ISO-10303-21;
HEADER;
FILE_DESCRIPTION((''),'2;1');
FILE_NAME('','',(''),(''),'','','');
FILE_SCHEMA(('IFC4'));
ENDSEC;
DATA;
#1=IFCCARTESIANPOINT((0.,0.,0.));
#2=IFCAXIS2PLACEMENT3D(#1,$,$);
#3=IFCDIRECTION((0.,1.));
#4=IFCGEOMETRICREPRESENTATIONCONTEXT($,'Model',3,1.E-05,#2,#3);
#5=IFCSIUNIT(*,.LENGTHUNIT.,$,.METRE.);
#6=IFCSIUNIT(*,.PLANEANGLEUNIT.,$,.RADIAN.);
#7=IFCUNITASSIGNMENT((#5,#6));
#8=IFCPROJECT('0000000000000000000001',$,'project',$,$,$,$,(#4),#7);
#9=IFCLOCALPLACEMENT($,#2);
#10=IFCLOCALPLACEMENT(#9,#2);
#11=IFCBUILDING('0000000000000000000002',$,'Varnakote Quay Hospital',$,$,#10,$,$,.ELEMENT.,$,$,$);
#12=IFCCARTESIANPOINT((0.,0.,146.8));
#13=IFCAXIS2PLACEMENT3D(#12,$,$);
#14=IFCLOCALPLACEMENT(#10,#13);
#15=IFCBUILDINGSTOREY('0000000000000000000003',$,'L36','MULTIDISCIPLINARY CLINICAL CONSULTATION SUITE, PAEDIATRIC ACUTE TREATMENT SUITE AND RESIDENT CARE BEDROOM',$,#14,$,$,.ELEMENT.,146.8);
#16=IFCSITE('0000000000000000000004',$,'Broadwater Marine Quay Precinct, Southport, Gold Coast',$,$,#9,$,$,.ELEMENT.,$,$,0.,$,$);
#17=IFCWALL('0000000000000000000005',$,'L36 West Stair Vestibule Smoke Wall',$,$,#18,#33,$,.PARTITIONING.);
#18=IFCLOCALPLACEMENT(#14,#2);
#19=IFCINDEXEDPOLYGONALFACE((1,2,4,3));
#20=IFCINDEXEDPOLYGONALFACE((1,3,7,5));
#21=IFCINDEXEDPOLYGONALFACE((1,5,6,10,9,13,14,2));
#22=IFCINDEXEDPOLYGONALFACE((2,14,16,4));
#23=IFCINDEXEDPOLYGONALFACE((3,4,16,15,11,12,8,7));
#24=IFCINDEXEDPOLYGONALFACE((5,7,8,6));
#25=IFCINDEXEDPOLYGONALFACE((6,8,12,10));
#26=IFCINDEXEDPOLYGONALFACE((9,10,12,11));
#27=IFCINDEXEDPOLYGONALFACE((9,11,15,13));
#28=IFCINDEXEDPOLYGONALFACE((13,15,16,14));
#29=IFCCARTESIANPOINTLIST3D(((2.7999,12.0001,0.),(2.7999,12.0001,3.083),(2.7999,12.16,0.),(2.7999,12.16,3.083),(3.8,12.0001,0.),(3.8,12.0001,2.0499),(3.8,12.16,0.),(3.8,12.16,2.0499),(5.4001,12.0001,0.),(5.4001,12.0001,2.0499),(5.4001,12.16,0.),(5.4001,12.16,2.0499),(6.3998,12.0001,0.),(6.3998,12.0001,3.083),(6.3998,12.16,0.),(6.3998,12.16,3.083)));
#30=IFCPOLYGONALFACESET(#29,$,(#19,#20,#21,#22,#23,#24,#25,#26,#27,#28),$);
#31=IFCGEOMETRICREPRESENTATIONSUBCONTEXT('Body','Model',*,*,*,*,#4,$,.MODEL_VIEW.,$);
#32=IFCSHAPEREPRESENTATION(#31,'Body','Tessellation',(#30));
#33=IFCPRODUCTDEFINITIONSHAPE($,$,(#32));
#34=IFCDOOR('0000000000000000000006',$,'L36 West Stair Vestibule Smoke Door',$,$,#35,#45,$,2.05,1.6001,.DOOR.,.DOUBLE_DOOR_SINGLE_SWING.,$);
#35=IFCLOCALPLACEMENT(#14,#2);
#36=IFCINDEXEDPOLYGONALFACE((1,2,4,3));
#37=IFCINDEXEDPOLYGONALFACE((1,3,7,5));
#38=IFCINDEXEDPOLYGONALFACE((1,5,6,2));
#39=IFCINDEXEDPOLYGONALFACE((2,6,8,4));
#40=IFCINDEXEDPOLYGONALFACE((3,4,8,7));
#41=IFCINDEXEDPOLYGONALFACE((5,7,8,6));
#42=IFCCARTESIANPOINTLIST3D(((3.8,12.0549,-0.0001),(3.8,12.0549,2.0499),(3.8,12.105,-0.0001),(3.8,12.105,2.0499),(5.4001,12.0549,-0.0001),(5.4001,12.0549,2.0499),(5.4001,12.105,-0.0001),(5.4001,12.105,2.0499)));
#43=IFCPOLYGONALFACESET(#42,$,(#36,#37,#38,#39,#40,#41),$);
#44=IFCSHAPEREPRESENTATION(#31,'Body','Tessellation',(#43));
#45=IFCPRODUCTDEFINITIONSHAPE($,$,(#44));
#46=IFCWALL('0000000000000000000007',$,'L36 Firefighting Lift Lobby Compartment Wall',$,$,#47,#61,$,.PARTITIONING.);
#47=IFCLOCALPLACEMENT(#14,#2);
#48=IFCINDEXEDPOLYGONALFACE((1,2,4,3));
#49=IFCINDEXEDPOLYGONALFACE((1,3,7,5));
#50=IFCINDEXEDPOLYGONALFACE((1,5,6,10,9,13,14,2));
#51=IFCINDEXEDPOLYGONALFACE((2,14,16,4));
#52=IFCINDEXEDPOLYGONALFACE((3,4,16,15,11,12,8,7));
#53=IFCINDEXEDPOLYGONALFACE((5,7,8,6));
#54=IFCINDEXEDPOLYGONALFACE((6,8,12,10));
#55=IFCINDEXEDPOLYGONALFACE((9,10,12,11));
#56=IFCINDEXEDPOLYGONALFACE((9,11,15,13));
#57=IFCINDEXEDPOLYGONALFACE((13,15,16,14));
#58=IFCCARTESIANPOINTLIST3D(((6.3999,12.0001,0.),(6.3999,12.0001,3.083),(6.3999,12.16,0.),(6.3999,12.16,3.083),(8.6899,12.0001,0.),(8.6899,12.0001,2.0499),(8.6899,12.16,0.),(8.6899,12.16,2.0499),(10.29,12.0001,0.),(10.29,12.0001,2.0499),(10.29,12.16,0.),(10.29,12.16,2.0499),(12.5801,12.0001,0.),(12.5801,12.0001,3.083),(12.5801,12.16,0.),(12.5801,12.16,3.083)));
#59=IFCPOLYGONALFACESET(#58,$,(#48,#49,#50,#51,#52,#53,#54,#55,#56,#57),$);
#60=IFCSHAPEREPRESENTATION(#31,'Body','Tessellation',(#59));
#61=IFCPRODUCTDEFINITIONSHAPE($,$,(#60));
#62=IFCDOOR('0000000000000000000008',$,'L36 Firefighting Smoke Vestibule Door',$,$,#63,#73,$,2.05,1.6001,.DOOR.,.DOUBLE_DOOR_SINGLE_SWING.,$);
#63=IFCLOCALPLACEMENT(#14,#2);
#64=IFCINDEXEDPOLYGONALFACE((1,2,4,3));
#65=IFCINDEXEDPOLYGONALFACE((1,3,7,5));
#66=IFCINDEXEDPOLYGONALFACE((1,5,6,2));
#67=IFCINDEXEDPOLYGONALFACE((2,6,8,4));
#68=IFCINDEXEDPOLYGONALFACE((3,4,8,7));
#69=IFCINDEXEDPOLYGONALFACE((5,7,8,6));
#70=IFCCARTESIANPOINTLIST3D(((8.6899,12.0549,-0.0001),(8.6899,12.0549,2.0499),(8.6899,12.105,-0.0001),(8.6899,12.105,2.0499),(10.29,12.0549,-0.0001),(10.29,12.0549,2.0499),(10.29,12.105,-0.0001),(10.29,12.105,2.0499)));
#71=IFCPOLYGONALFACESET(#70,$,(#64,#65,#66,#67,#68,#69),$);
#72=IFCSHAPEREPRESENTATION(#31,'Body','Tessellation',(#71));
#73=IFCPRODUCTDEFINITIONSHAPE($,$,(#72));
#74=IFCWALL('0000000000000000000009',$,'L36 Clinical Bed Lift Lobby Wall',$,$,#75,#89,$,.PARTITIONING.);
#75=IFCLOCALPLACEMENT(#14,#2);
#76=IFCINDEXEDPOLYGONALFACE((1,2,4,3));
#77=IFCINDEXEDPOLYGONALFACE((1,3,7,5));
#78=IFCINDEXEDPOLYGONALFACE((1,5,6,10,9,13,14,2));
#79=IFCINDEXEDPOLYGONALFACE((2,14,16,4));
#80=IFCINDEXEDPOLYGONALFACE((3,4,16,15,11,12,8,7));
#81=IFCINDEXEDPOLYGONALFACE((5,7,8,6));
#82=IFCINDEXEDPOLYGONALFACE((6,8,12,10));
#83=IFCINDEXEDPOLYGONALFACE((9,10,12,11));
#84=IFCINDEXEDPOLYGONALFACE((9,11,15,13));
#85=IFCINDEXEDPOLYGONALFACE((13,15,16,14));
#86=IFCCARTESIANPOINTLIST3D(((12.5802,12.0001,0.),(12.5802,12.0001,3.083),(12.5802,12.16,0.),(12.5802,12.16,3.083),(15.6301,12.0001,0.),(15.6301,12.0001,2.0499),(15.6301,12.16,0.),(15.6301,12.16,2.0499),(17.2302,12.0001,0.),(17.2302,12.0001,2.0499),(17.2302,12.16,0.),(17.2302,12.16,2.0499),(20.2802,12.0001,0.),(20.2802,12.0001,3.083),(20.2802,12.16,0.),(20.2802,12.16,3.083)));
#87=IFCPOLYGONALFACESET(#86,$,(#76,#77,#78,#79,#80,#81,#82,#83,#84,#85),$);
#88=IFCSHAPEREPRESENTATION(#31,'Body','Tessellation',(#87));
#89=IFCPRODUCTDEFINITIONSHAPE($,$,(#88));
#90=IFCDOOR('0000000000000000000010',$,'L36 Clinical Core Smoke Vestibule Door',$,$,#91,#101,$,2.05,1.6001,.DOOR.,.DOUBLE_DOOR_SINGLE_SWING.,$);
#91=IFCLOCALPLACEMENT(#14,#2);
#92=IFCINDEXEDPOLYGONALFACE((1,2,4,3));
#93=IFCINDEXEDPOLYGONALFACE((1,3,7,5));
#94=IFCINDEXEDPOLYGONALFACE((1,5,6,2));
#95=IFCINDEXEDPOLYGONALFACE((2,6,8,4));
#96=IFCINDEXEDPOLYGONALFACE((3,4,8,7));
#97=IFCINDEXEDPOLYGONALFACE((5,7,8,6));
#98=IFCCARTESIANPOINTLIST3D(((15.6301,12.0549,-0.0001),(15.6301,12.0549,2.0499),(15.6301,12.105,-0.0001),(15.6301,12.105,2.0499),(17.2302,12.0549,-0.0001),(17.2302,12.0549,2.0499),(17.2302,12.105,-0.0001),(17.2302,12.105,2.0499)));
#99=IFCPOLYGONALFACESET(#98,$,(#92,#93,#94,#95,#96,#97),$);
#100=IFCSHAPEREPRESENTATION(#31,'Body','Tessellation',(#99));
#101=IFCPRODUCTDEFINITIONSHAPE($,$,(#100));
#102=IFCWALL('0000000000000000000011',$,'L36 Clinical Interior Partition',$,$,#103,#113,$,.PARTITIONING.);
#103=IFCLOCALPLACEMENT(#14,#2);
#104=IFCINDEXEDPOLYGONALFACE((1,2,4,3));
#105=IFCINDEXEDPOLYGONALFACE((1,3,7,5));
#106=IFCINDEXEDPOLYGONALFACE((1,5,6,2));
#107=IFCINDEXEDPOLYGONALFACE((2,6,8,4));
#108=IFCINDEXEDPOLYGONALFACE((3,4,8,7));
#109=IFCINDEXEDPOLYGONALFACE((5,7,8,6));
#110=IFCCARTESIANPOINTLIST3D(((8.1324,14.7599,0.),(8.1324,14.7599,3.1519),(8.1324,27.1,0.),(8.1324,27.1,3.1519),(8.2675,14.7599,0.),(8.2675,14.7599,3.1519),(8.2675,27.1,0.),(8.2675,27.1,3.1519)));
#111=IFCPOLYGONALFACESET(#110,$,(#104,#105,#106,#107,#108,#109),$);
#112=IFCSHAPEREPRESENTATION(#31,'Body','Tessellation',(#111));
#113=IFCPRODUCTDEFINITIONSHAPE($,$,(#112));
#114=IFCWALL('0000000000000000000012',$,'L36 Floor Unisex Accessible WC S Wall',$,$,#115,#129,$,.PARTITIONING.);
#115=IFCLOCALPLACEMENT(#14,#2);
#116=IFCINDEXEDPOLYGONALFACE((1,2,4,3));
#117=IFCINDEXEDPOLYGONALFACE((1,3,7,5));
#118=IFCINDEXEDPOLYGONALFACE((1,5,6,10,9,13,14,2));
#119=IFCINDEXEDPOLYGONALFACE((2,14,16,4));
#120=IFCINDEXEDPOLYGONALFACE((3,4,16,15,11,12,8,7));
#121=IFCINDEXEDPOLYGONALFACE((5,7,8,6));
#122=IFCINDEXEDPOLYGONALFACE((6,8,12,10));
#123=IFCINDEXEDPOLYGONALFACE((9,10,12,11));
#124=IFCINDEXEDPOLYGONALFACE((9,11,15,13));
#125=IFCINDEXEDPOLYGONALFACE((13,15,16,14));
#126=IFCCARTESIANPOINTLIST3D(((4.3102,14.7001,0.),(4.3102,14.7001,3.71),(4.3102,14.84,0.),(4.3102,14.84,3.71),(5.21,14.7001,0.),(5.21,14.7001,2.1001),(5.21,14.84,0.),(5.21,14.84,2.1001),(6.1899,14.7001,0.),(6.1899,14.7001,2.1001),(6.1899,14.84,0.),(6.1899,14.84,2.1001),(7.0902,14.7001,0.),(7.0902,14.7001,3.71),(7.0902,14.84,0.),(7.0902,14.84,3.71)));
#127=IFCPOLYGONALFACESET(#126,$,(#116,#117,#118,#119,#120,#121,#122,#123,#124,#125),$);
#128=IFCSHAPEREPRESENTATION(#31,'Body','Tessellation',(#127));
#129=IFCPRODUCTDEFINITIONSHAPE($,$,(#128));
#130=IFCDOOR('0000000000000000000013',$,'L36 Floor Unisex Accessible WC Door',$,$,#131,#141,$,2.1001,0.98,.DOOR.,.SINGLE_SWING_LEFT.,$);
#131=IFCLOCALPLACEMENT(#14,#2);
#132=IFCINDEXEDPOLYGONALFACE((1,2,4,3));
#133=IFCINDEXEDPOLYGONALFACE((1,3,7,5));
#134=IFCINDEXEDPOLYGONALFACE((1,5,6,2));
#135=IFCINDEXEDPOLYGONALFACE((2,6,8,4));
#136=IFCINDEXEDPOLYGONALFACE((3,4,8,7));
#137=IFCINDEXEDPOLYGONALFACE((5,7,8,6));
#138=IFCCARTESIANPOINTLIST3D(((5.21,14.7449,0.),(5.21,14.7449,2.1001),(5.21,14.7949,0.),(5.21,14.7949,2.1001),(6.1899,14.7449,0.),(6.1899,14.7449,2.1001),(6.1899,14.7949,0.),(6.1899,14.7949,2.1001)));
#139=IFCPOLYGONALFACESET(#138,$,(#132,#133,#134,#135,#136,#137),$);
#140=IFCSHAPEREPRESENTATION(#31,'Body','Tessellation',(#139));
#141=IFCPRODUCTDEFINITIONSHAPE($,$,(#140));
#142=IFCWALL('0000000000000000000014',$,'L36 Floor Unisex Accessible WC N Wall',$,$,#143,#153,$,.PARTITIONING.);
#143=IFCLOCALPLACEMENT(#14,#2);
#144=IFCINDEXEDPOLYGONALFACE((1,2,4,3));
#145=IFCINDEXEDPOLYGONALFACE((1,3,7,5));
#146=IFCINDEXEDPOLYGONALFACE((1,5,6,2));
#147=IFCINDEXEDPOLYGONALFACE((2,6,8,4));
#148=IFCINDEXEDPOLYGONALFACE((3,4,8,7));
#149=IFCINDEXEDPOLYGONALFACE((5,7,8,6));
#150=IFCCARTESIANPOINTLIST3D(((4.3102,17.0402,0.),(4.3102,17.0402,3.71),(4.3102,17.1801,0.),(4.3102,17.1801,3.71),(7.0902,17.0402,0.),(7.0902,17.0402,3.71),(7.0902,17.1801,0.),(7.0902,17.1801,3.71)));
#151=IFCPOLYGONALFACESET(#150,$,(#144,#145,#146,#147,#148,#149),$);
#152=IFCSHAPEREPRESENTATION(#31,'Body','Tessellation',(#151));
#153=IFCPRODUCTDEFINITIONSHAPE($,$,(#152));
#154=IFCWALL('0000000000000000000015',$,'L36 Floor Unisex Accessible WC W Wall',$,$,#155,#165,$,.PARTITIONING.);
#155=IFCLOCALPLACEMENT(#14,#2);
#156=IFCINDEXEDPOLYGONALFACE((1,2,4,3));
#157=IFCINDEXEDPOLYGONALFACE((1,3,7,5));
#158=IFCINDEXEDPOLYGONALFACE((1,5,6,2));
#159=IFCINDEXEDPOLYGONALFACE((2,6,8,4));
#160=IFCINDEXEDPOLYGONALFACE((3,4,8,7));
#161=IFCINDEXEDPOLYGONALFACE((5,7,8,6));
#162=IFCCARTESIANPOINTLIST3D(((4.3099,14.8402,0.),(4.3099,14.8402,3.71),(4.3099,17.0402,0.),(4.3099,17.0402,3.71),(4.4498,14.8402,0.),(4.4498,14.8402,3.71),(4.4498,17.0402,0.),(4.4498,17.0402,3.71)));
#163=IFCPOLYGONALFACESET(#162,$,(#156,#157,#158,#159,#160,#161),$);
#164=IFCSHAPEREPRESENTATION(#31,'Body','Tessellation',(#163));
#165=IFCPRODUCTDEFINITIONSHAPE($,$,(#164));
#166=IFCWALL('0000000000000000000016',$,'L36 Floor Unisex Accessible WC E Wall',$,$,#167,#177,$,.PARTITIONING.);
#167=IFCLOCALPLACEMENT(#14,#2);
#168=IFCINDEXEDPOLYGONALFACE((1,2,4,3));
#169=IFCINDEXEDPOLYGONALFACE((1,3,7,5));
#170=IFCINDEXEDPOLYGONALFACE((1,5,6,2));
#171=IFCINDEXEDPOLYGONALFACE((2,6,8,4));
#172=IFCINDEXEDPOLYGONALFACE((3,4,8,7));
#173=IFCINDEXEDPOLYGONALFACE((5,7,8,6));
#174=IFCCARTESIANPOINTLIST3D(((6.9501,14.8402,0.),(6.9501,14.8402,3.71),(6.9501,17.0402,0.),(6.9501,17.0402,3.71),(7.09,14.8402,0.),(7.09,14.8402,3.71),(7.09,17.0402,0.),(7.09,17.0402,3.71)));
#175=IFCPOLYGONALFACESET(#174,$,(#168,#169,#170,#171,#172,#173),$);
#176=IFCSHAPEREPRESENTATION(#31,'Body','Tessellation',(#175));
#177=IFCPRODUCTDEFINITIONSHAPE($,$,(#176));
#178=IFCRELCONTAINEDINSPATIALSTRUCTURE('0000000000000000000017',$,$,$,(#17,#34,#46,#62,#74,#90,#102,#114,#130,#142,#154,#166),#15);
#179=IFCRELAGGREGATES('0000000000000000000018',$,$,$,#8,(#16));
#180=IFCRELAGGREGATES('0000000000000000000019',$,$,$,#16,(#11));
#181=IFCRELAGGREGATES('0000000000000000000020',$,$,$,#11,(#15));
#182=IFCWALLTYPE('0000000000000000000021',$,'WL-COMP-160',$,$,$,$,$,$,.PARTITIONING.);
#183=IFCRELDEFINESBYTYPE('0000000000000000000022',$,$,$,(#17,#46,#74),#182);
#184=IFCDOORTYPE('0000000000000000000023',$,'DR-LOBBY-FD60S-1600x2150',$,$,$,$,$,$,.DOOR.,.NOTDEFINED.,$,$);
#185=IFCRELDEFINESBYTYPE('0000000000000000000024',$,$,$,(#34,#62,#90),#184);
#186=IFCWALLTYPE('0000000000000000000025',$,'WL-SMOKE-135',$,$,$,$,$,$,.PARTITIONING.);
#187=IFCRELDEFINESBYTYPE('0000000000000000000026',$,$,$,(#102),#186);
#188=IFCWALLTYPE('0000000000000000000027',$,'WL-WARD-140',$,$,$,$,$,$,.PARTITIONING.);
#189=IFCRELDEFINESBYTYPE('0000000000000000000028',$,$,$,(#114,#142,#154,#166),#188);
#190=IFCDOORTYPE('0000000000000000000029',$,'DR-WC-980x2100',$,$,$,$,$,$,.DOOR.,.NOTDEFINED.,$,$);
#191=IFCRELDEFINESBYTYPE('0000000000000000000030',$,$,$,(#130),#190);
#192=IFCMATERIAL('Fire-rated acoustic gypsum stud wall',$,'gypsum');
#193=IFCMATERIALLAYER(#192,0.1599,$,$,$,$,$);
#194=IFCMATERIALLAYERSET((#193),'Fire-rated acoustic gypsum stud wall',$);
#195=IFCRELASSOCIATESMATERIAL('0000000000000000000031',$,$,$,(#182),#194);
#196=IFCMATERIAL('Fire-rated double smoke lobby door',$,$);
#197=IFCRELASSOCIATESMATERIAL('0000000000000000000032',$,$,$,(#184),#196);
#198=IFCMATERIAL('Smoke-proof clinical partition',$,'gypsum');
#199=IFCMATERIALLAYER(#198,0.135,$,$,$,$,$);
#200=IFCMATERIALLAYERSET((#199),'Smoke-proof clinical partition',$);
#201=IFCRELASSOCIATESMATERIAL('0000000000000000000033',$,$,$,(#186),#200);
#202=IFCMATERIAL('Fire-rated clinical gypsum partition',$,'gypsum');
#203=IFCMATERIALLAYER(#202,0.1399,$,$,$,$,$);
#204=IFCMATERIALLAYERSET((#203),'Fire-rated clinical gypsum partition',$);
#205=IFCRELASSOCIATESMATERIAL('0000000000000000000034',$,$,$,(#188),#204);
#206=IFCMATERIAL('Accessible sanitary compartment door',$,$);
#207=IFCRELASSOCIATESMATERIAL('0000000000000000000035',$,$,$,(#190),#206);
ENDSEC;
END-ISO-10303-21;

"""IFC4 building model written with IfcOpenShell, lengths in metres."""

from ifc_helpers import new_model, si_unit, direction, frame, frame_2d, origin, place, context, subcontext, project, spatial, rectangle, extrude, material, layer, layer_set, type_object, element, fill, save


model = new_model("IFC4")

# Units and contexts
model_context = context("Model", 3, precision=1e-05, world=origin(), true_north=direction((0.0, 1.0)))
body_context = subcontext(model_context, "Body", "Model", "MODEL_VIEW")
ifc_project = project(units=[si_unit("LENGTHUNIT", "METRE"), si_unit("PLANEANGLEUNIT", "RADIAN")], contexts=[model_context])

# Site, building, storey
site_placement = place(None, origin())
site = spatial("IfcSite", under=ifc_project, at=site_placement, Name="Broadwater Marine Quay Precinct, Southport, Gold Coast", CompositionType="ELEMENT", RefElevation=0.0)
building_placement = place(site_placement, origin())
building = spatial("IfcBuilding", under=site, at=building_placement, Name="Varnakote Quay Hospital", CompositionType="ELEMENT")
storey_placement = place(building_placement, frame((0.0, 0.0, 146.8)))
storey = spatial("IfcBuildingStorey", under=building, at=storey_placement, Name="L36", Description="MULTIDISCIPLINARY CLINICAL CONSULTATION SUITE, PAEDIATRIC ACUTE TREATMENT SUITE AND RESIDENT CARE BEDROOM", CompositionType="ELEMENT", Elevation=146.8)

# Walls, openings, doors
ifc_material_1 = material(Name="Fire-rated acoustic gypsum stud wall", Category="gypsum")
ifc_layer_1 = layer(ifc_material_1, 0.1599)
ifc_layer_set_1 = layer_set([ifc_layer_1], Name="Fire-rated acoustic gypsum stud wall")
wall_type_1 = type_object("IfcWallType", Name="WL-COMP-160", PredefinedType="PARTITIONING", material=ifc_layer_set_1)
wall_1_placement = place(storey_placement, frame((2.8, 12.0801, 0.0), z_axis=(0.0, 0.0, 1.0), x_axis=(1.0, 0.0, 0.0)))
wall_1 = element("IfcWall", 1, at=wall_1_placement, inside=storey, type_object=wall_type_1, Name="L36 West Stair Vestibule Smoke Wall", PredefinedType="PARTITIONING", context=body_context, shape_type="SweptSolid", body=[
    extrude(rectangle(XDim=3.5999, YDim=0.1599, at=frame_2d((1.7998, 0.0))), origin(), (0.0, 0.0, 1.0), 3.083),
])
opening_1_placement = place(wall_1_placement, frame((1.0, 0.0, 0.0)))
opening_1 = element("IfcOpeningElement", 2, at=opening_1_placement, cuts=wall_1, PredefinedType="OPENING", context=body_context, shape_type="SweptSolid", body=[
    extrude(rectangle(XDim=1.6001, YDim=2.05, at=frame_2d((0.8, 1.0249))), frame((0.0, 0.0898, 0.0), z_axis=(0.0, -1.0, 0.0), x_axis=(1.0, 0.0, 0.0)), (0.0, 0.0, 1.0), 0.1799),
])
ifc_material_2 = material(Name="Fire-rated double smoke lobby door")
door_type_1 = type_object("IfcDoorType", Name="DR-LOBBY-FD60S-1600x2150", OperationType="NOTDEFINED", PredefinedType="DOOR", material=ifc_material_2)
door_1_placement = place(opening_1_placement, origin())
door_1 = element("IfcDoor", 3, at=door_1_placement, inside=storey, type_object=door_type_1, Name="L36 West Stair Vestibule Smoke Door", OperationType="DOUBLE_DOOR_SINGLE_SWING", OverallHeight=2.05, OverallWidth=1.6001, PredefinedType="DOOR", context=body_context, shape_type="SweptSolid", body=[
    extrude(rectangle(XDim=1.6001, YDim=2.05, at=frame_2d((0.8, 1.0249))), frame((0.0, 0.0249, 0.0), z_axis=(0.0, -1.0, 0.0), x_axis=(1.0, 0.0, 0.0)), (0.0, 0.0, 1.0), 0.05),
])
fill(opening_1, door_1)
wall_2_placement = place(storey_placement, frame((6.3999, 12.0801, 0.0), z_axis=(0.0, 0.0, 1.0), x_axis=(1.0, 0.0, 0.0)))
wall_2 = element("IfcWall", 4, at=wall_2_placement, inside=storey, type_object=wall_type_1, Name="L36 Firefighting Lift Lobby Compartment Wall", PredefinedType="PARTITIONING", context=body_context, shape_type="SweptSolid", body=[
    extrude(rectangle(XDim=6.1802, YDim=0.1599, at=frame_2d((3.0901, 0.0))), origin(), (0.0, 0.0, 1.0), 3.083),
])
opening_2_placement = place(wall_2_placement, frame((2.29, 0.0, 0.0)))
opening_2 = element("IfcOpeningElement", 5, at=opening_2_placement, cuts=wall_2, PredefinedType="OPENING", context=body_context, shape_type="SweptSolid", body=[
    extrude(rectangle(XDim=1.6001, YDim=2.05, at=frame_2d((0.8, 1.0249))), frame((0.0, 0.0898, 0.0), z_axis=(0.0, -1.0, 0.0), x_axis=(1.0, 0.0, 0.0)), (0.0, 0.0, 1.0), 0.1799),
])
door_2_placement = place(opening_2_placement, origin())
door_2 = element("IfcDoor", 6, at=door_2_placement, inside=storey, type_object=door_type_1, Name="L36 Firefighting Smoke Vestibule Door", OperationType="DOUBLE_DOOR_SINGLE_SWING", OverallHeight=2.05, OverallWidth=1.6001, PredefinedType="DOOR", context=body_context, shape_type="SweptSolid", body=[
    extrude(rectangle(XDim=1.6001, YDim=2.05, at=frame_2d((0.8, 1.0249))), frame((0.0, 0.0249, 0.0), z_axis=(0.0, -1.0, 0.0), x_axis=(1.0, 0.0, 0.0)), (0.0, 0.0, 1.0), 0.05),
])
fill(opening_2, door_2)
wall_3_placement = place(storey_placement, frame((12.5801, 12.0801, 0.0), z_axis=(0.0, 0.0, 1.0), x_axis=(1.0, 0.0, 0.0)))
wall_3 = element("IfcWall", 7, at=wall_3_placement, inside=storey, type_object=wall_type_1, Name="L36 Clinical Bed Lift Lobby Wall", PredefinedType="PARTITIONING", context=body_context, shape_type="SweptSolid", body=[
    extrude(rectangle(XDim=7.7, YDim=0.1599, at=frame_2d((3.8501, 0.0))), origin(), (0.0, 0.0, 1.0), 3.083),
])
opening_3_placement = place(wall_3_placement, frame((3.05, 0.0, 0.0)))
opening_3 = element("IfcOpeningElement", 8, at=opening_3_placement, cuts=wall_3, PredefinedType="OPENING", context=body_context, shape_type="SweptSolid", body=[
    extrude(rectangle(XDim=1.6001, YDim=2.05, at=frame_2d((0.8, 1.0249))), frame((0.0, 0.0898, 0.0), z_axis=(0.0, -1.0, 0.0), x_axis=(1.0, 0.0, 0.0)), (0.0, 0.0, 1.0), 0.1799),
])
door_3_placement = place(opening_3_placement, origin())
door_3 = element("IfcDoor", 9, at=door_3_placement, inside=storey, type_object=door_type_1, Name="L36 Clinical Core Smoke Vestibule Door", OperationType="DOUBLE_DOOR_SINGLE_SWING", OverallHeight=2.05, OverallWidth=1.6001, PredefinedType="DOOR", context=body_context, shape_type="SweptSolid", body=[
    extrude(rectangle(XDim=1.6001, YDim=2.05, at=frame_2d((0.8, 1.0249))), frame((0.0, 0.0249, 0.0), z_axis=(0.0, -1.0, 0.0), x_axis=(1.0, 0.0, 0.0)), (0.0, 0.0, 1.0), 0.05),
])
fill(opening_3, door_3)

# Wall
ifc_material_3 = material(Name="Smoke-proof clinical partition", Category="gypsum")
ifc_layer_2 = layer(ifc_material_3, 0.135)
ifc_layer_set_2 = layer_set([ifc_layer_2], Name="Smoke-proof clinical partition")
wall_type_2 = type_object("IfcWallType", Name="WL-SMOKE-135", PredefinedType="PARTITIONING", material=ifc_layer_set_2)
wall_4_placement = place(storey_placement, frame((8.2, 14.76, 0.0), z_axis=(0.0, 0.0, 1.0), x_axis=(0.0, 1.0, 0.0)))
element("IfcWall", 10, at=wall_4_placement, inside=storey, type_object=wall_type_2, Name="L36 Clinical Interior Partition", PredefinedType="PARTITIONING", context=body_context, shape_type="SweptSolid", body=[
    extrude(rectangle(XDim=12.3401, YDim=0.135, at=frame_2d((6.1699, 0.0))), origin(), (0.0, 0.0, 1.0), 3.1519),
])

# Wall, opening, door
ifc_material_4 = material(Name="Fire-rated clinical gypsum partition", Category="gypsum")
ifc_layer_3 = layer(ifc_material_4, 0.1399)
ifc_layer_set_3 = layer_set([ifc_layer_3], Name="Fire-rated clinical gypsum partition")
wall_type_3 = type_object("IfcWallType", Name="WL-WARD-140", PredefinedType="PARTITIONING", material=ifc_layer_set_3)
wall_5_placement = place(storey_placement, frame((4.3101, 14.77, 0.0), z_axis=(0.0, 0.0, 1.0), x_axis=(1.0, 0.0, 0.0)))
wall_5 = element("IfcWall", 11, at=wall_5_placement, inside=storey, type_object=wall_type_3, Name="L36 Floor Unisex Accessible WC S Wall", PredefinedType="PARTITIONING", context=body_context, shape_type="SweptSolid", body=[
    extrude(rectangle(XDim=2.78, YDim=0.1399, at=frame_2d((1.3901, 0.0))), origin(), (0.0, 0.0, 1.0), 3.71),
])
opening_4_placement = place(wall_5_placement, frame((0.8999, 0.0, 0.0)))
opening_4 = element("IfcOpeningElement", 12, at=opening_4_placement, cuts=wall_5, PredefinedType="OPENING", context=body_context, shape_type="SweptSolid", body=[
    extrude(rectangle(XDim=0.98, YDim=2.1001, at=frame_2d((0.49, 1.05))), frame((0.0, 0.0798, 0.0), z_axis=(0.0, -1.0, 0.0), x_axis=(1.0, 0.0, 0.0)), (0.0, 0.0, 1.0), 0.1599),
])
ifc_material_5 = material(Name="Accessible sanitary compartment door")
door_type_2 = type_object("IfcDoorType", Name="DR-WC-980x2100", OperationType="NOTDEFINED", PredefinedType="DOOR", material=ifc_material_5)
door_4_placement = place(opening_4_placement, origin())
door_4 = element("IfcDoor", 13, at=door_4_placement, inside=storey, type_object=door_type_2, Name="L36 Floor Unisex Accessible WC Door", OperationType="SINGLE_SWING_LEFT", OverallHeight=2.1001, OverallWidth=0.98, PredefinedType="DOOR", context=body_context, shape_type="SweptSolid", body=[
    extrude(rectangle(XDim=0.98, YDim=2.1001, at=frame_2d((0.49, 1.05))), frame((0.0, 0.0249, 0.0), z_axis=(0.0, -1.0, 0.0), x_axis=(1.0, 0.0, 0.0)), (0.0, 0.0, 1.0), 0.05),
])
fill(opening_4, door_4)

# Walls
wall_6_placement = place(storey_placement, frame((4.3101, 17.1101, 0.0), z_axis=(0.0, 0.0, 1.0), x_axis=(1.0, 0.0, 0.0)))
element("IfcWall", 14, at=wall_6_placement, inside=storey, type_object=wall_type_3, Name="L36 Floor Unisex Accessible WC N Wall", PredefinedType="PARTITIONING", context=body_context, shape_type="SweptSolid", body=[
    extrude(rectangle(XDim=2.78, YDim=0.1399, at=frame_2d((1.3901, 0.0))), origin(), (0.0, 0.0, 1.0), 3.71),
])
for number, where, z_axis, x_axis, name in (
    (15, (4.3799, 14.8401, 0.0), (0.0, 0.0, 1.0), (0.0, 1.0, 0.0), "L36 Floor Unisex Accessible WC W Wall"),
    (16, (7.02, 14.8401, 0.0), (0.0, 0.0, 1.0), (0.0, 1.0, 0.0), "L36 Floor Unisex Accessible WC E Wall"),
):
    element("IfcWall", number, at=place(storey_placement, frame(where, z_axis=z_axis, x_axis=x_axis)), inside=storey, type_object=wall_type_3, Name=name, PredefinedType="PARTITIONING", context=body_context, shape_type="SweptSolid", body=[
        extrude(rectangle(XDim=2.2, YDim=0.1399, at=frame_2d((1.1001, 0.0))), origin(), (0.0, 0.0, 1.0), 3.71),
    ])

save(model, "model.ifc")
